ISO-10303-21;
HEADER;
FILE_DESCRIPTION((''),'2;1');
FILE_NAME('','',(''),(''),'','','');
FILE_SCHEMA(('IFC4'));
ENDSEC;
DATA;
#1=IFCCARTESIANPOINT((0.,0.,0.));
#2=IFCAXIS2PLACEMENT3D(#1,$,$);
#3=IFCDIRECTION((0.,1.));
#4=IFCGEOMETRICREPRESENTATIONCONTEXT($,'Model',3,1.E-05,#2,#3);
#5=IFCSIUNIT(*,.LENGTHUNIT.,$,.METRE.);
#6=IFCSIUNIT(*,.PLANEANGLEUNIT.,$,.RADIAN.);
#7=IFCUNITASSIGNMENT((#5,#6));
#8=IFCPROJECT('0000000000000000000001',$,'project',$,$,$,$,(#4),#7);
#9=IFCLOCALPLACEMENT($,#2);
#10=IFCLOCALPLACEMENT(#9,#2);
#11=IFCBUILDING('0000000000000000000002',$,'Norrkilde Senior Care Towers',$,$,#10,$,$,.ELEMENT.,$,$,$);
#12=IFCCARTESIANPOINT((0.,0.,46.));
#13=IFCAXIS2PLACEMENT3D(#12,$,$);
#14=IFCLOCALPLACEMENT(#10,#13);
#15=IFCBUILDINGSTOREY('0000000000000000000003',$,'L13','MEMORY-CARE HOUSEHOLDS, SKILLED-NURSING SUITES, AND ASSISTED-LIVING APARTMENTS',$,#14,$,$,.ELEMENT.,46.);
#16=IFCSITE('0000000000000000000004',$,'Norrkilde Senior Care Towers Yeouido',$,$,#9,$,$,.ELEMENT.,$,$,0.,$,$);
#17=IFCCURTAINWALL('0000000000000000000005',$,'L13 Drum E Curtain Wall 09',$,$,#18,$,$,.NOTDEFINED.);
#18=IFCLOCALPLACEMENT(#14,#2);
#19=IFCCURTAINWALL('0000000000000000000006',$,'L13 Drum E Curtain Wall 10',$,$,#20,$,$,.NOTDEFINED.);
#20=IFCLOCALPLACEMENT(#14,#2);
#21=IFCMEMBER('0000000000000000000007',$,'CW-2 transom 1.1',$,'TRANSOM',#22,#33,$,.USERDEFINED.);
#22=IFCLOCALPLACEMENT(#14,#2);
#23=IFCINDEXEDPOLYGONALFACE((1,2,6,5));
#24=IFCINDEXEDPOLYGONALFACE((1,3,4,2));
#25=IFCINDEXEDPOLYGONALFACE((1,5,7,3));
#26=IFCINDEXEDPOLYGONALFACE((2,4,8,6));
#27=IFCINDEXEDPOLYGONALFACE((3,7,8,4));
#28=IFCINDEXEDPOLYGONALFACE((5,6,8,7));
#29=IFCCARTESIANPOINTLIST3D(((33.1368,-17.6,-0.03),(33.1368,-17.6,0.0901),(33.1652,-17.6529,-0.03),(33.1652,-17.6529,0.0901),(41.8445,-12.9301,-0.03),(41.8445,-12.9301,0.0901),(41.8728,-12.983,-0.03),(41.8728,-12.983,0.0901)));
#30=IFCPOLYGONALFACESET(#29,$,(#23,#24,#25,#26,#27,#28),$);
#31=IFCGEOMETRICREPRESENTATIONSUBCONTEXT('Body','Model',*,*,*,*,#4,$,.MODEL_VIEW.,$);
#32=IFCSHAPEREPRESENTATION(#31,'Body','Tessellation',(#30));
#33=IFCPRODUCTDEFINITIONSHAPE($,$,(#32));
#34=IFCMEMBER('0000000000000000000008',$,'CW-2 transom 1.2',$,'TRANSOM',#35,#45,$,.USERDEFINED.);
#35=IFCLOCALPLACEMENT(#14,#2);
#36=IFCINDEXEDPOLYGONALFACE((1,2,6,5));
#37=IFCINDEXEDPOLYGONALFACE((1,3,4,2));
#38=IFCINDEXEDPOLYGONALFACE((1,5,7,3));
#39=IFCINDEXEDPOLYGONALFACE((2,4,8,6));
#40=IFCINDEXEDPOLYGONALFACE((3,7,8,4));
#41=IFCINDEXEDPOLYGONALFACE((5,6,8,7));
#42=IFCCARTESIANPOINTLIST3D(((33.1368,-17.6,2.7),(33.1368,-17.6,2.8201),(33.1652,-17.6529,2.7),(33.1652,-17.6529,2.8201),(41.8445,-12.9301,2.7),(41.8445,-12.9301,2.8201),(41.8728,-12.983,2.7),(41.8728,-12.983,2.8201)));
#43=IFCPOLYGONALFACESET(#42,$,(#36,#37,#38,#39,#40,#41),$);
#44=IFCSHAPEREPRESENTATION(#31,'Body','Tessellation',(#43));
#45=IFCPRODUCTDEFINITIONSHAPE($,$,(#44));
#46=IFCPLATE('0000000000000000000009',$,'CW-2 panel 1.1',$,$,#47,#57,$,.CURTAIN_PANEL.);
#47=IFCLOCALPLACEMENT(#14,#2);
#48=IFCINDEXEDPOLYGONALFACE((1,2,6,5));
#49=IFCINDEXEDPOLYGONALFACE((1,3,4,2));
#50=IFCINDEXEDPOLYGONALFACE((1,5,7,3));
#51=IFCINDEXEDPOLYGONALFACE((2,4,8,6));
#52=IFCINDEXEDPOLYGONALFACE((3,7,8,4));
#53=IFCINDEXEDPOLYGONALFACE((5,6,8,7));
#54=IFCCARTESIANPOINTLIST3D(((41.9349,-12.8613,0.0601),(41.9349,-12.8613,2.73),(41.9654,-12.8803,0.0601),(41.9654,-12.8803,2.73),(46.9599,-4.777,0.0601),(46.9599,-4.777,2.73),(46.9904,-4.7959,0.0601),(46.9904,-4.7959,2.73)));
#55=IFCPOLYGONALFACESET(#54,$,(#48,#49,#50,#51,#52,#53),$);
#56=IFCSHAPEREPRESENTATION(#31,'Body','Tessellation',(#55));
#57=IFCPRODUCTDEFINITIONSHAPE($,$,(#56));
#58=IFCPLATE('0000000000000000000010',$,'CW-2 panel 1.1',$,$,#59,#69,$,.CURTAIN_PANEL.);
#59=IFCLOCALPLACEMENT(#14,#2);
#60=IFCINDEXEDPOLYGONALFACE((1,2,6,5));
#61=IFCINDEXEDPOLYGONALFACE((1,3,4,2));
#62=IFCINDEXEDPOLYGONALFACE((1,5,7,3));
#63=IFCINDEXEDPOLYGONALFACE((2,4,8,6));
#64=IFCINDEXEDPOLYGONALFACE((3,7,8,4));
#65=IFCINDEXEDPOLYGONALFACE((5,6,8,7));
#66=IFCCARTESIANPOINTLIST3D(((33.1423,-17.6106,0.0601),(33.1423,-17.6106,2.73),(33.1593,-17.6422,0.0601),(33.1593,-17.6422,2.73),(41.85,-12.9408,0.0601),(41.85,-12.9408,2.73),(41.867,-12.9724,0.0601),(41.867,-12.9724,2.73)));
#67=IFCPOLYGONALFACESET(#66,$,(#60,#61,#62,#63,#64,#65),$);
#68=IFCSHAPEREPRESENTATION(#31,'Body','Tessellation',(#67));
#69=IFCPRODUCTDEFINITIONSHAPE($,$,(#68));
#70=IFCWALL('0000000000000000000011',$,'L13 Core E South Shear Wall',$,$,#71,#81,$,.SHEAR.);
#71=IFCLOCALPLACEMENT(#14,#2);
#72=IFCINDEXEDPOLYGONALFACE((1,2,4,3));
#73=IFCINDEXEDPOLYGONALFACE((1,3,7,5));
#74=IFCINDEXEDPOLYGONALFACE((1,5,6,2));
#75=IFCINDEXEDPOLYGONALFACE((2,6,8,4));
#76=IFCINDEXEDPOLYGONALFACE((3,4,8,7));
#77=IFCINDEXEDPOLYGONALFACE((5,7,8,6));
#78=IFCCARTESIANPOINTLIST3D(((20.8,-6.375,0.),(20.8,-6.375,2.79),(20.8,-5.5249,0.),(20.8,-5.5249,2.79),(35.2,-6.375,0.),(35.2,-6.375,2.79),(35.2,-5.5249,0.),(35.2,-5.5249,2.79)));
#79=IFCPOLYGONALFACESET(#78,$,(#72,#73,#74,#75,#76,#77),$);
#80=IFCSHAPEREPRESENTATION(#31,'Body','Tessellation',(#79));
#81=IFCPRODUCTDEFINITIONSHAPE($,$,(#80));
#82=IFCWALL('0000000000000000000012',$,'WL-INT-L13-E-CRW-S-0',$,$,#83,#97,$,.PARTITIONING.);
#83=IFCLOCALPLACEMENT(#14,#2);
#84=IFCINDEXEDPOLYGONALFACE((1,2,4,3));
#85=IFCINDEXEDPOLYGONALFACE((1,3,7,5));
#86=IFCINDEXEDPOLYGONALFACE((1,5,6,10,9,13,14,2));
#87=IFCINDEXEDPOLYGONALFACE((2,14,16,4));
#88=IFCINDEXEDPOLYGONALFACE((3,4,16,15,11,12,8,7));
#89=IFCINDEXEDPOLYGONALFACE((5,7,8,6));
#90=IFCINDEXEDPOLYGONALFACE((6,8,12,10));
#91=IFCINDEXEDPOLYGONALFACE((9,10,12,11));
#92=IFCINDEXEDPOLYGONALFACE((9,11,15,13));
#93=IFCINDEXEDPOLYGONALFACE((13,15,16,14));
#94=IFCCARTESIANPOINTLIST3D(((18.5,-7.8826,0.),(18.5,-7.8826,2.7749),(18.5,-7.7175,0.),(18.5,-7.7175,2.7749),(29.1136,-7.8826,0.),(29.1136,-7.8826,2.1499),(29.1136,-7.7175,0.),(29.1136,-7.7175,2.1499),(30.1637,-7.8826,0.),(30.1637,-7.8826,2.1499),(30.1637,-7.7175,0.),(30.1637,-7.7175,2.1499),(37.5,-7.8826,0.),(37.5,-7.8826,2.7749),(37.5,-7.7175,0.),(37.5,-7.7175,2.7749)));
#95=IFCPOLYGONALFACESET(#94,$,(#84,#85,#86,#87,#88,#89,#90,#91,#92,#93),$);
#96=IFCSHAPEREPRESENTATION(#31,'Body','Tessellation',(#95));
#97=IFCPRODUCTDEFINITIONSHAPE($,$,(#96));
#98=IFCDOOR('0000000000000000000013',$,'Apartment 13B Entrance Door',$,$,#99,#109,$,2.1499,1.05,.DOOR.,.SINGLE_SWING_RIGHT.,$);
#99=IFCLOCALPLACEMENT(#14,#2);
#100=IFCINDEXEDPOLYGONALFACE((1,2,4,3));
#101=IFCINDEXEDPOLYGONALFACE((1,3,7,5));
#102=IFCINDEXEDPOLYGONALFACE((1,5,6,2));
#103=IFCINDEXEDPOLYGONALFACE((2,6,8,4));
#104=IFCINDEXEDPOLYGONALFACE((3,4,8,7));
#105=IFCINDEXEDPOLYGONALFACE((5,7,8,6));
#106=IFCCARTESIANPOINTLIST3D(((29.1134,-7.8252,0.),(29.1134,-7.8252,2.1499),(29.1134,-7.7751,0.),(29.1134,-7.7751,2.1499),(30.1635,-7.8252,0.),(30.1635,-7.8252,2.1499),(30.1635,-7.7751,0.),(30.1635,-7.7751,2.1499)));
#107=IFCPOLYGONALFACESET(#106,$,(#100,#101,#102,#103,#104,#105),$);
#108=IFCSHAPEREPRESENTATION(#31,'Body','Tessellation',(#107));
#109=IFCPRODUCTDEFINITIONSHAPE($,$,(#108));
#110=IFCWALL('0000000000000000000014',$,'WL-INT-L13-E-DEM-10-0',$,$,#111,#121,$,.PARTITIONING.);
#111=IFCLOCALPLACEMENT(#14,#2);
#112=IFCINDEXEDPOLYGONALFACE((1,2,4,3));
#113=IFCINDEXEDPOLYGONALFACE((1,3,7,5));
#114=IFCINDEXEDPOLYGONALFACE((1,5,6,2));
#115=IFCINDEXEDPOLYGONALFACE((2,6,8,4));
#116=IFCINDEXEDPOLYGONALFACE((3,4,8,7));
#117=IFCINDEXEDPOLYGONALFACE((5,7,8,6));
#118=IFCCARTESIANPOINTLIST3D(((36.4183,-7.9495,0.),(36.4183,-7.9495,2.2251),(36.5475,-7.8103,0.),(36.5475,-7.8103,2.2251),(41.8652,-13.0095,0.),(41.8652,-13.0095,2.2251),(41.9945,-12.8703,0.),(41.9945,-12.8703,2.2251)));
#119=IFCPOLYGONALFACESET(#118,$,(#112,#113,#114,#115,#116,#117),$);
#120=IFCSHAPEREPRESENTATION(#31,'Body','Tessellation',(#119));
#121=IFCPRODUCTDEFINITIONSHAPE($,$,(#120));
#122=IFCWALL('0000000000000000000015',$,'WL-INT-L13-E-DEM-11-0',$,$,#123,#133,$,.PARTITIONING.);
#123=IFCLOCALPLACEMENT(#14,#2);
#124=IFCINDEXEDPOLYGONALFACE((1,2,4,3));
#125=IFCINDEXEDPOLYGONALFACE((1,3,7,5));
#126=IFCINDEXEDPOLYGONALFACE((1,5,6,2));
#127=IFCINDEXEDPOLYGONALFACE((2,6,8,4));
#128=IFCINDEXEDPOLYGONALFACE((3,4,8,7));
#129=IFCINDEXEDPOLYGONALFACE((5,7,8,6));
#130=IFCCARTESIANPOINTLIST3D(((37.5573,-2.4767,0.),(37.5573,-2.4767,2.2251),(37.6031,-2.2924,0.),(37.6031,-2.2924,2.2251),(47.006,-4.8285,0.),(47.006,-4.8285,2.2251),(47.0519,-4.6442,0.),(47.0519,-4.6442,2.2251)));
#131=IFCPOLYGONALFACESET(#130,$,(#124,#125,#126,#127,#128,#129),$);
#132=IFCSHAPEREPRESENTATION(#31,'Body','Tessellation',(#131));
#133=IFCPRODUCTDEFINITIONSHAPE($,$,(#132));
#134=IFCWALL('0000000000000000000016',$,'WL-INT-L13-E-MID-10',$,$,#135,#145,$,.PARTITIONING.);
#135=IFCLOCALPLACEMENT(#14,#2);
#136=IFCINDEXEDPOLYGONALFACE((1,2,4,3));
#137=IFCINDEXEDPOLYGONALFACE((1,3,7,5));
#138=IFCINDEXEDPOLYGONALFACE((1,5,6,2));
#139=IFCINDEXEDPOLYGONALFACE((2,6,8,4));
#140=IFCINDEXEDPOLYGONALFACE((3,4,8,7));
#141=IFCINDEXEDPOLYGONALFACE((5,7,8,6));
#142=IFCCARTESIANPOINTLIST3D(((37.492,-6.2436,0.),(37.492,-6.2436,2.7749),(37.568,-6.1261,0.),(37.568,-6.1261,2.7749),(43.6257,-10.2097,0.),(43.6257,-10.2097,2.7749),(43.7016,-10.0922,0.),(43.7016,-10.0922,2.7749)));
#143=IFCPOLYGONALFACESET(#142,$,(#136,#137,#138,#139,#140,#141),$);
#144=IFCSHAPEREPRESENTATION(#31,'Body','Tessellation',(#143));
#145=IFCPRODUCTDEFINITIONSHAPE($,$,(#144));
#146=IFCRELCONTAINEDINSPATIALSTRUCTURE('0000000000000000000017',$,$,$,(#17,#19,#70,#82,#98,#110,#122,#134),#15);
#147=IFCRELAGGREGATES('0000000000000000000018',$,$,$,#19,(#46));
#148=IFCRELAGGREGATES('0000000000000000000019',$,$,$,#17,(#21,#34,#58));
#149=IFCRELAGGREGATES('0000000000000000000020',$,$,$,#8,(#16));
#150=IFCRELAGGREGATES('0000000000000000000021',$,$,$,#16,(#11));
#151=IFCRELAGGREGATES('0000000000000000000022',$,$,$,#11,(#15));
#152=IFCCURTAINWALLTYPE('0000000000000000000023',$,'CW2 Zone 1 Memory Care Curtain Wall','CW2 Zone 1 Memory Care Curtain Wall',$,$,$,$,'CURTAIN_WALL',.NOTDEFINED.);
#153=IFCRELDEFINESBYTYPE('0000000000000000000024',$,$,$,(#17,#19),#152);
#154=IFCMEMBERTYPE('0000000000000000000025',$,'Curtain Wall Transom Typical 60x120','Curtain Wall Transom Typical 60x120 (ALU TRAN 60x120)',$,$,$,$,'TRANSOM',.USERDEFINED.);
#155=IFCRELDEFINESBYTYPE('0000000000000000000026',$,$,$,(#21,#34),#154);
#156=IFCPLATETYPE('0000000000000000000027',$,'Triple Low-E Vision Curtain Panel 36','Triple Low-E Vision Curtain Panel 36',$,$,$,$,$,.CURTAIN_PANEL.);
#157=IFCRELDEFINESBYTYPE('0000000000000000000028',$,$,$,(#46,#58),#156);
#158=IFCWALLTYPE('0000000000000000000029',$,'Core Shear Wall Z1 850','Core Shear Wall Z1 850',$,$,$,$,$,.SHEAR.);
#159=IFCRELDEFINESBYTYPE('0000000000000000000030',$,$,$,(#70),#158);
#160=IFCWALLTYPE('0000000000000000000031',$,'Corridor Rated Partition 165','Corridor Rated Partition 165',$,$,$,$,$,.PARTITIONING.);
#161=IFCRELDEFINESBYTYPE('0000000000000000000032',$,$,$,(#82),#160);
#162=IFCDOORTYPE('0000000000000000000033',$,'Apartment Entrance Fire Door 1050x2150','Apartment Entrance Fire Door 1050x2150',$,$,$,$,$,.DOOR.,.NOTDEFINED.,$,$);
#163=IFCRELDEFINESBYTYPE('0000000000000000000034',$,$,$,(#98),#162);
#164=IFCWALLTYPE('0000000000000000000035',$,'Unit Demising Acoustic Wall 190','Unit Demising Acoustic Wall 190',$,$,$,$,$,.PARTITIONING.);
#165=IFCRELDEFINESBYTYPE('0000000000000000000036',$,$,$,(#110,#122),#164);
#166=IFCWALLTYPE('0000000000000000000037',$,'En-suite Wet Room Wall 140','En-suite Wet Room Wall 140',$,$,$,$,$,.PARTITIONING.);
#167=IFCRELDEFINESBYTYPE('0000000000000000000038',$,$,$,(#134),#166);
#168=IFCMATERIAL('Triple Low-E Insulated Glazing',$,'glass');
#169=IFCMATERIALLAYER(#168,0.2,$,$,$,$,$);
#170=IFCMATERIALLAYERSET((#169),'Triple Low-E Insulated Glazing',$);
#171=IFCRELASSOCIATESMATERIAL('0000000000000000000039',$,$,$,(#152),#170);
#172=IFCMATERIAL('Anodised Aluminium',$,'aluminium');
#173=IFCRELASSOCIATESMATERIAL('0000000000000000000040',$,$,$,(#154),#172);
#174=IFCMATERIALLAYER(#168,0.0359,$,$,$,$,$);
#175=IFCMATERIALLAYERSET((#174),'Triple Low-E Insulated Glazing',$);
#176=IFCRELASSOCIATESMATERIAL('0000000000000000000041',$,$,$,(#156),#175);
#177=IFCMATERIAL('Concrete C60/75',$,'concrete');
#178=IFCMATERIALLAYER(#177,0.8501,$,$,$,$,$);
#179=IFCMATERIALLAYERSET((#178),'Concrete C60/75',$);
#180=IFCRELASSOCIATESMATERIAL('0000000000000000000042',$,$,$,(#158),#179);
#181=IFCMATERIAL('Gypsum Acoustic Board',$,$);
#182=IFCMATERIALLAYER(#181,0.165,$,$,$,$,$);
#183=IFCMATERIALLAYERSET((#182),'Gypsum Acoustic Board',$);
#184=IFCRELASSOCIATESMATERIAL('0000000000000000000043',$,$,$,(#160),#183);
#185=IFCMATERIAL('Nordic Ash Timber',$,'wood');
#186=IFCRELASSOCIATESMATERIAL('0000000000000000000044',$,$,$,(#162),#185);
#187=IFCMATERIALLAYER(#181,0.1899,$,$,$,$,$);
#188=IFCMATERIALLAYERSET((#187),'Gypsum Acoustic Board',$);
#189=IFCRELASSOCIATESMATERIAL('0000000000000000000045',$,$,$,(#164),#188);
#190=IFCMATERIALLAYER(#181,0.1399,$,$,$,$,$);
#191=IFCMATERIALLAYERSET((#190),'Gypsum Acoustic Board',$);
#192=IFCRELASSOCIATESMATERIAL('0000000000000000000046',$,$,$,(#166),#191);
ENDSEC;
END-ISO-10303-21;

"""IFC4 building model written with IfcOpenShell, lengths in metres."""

from ifc_helpers import new_model, si_unit, direction, frame, frame_2d, origin, origin_2d, place, context, subcontext, project, spatial, rectangle, extrude, source, transform, mapped, material, layer, layer_set, material_profile, profile_set, type_object, type_shapes, element, fill, aggregate, save


model = new_model("IFC4")

# Units and contexts
model_context = context("Model", 3, precision=1e-05, world=origin(), true_north=direction((0.0, 1.0)))
body_context = subcontext(model_context, "Body", "Model", "MODEL_VIEW")
ifc_project = project(units=[si_unit("LENGTHUNIT", "METRE"), si_unit("PLANEANGLEUNIT", "RADIAN")], contexts=[model_context])

# Site, building, storey
site_placement = place(None, origin())
site = spatial("IfcSite", under=ifc_project, at=site_placement, Name="Norrkilde Senior Care Towers Yeouido", CompositionType="ELEMENT", RefElevation=0.0)
building_placement = place(site_placement, origin())
building = spatial("IfcBuilding", under=site, at=building_placement, Name="Norrkilde Senior Care Towers", CompositionType="ELEMENT")
storey_placement = place(building_placement, frame((0.0, 0.0, 46.0)))
storey = spatial("IfcBuildingStorey", under=building, at=storey_placement, Name="L13", Description="MEMORY-CARE HOUSEHOLDS, SKILLED-NURSING SUITES, AND ASSISTED-LIVING APARTMENTS", CompositionType="ELEMENT", Elevation=46.0)

# Shared definitions
ifc_material_1 = material(Name="Concrete C60/75", Category="concrete")

# Curtain wall
ifc_material_2 = material(Name="Triple Low-E Insulated Glazing", Category="glass")
ifc_layer_1 = layer(ifc_material_2, 0.2)
ifc_layer_set_1 = layer_set([ifc_layer_1], Name="Triple Low-E Insulated Glazing")
curtain_wall_type = type_object("IfcCurtainWallType", Name="CW2 Zone 1 Memory Care Curtain Wall", Description="CW2 Zone 1 Memory Care Curtain Wall", ElementType="CURTAIN_WALL", PredefinedType="NOTDEFINED", material=ifc_layer_set_1)
curtain_wall_1_placement = place(storey_placement, origin())
curtain_wall_1 = element("IfcCurtainWall", 1, at=curtain_wall_1_placement, inside=storey, type_object=curtain_wall_type, Name="L13 Drum E Curtain Wall 09", PredefinedType="NOTDEFINED")
ifc_material_3 = material(Name="Anodised Aluminium", Category="aluminium")

# Curtain wall
curtain_wall_2_placement = place(storey_placement, origin())
curtain_wall_2 = element("IfcCurtainWall", 2, at=curtain_wall_2_placement, inside=storey, type_object=curtain_wall_type, Name="L13 Drum E Curtain Wall 10", PredefinedType="NOTDEFINED")

# Members
ifc_material_profile_1 = material_profile(ifc_material_3, rectangle(XDim=0.0601, YDim=0.1201, at=origin_2d()), Name="ALU TRAN 60x120")
ifc_profile_set_1 = profile_set([ifc_material_profile_1], Name="Anodised Aluminium")
member_type_1 = type_object("IfcMemberType", Name="Curtain Wall Transom Typical 60x120", Description="Curtain Wall Transom Typical 60x120 (ALU TRAN 60x120)", ElementType="TRANSOM", PredefinedType="USERDEFINED", material=ifc_profile_set_1)
shared_shape_1 = source(origin(), body_context, "Body", "SweptSolid", [
    extrude(rectangle(XDim=0.0601, YDim=0.1201, at=origin_2d()), origin(), (0.0, 0.0, 1.0), 9.8809),
])
member_1_placement = place(storey_placement, frame((41.8586, -12.9565, 0.03), z_axis=(-0.881267, -0.472618, 0.0), x_axis=(0.472618, -0.881267, 0.0)))
member_1 = element("IfcMember", 3, at=member_1_placement, type_object=member_type_1, Name="CW-2 transom 1.1", ObjectType="TRANSOM", PredefinedType="USERDEFINED", context=body_context, shape_type="MappedRepresentation", body=[
    mapped(shared_shape_1, transform((0.0, 0.0, 0.0), x_axis=(1.0, 0.0, 0.0), y_axis=(0.0, 1.0, 0.0), z_axis=(0.0, 0.0, 1.0), scale=1.0)),
])
member_2_placement = place(storey_placement, frame((41.8586, -12.9565, 2.76), z_axis=(-0.881267, -0.472618, 0.0), x_axis=(0.472618, -0.881267, 0.0)))
member_2 = element("IfcMember", 4, at=member_2_placement, type_object=member_type_1, Name="CW-2 transom 1.2", ObjectType="TRANSOM", PredefinedType="USERDEFINED", context=body_context, shape_type="MappedRepresentation", body=[
    mapped(shared_shape_1, transform((0.0, 0.0, 0.0), x_axis=(1.0, 0.0, 0.0), y_axis=(0.0, 1.0, 0.0), z_axis=(0.0, 0.0, 1.0), scale=1.0)),
])

# Plates
ifc_layer_2 = layer(ifc_material_2, 0.0359)
ifc_layer_set_2 = layer_set([ifc_layer_2], Name="Triple Low-E Insulated Glazing")
plate_type = type_object("IfcPlateType", Name="Triple Low-E Vision Curtain Panel 36", Description="Triple Low-E Vision Curtain Panel 36", PredefinedType="CURTAIN_PANEL", material=ifc_layer_set_2)
shared_shape_2 = source(origin(), body_context, "Body", "SweptSolid", [
    extrude(rectangle(XDim=9.5188, YDim=0.0359, at=origin_2d()), origin(), (0.0, 0.0, 1.0), 2.6699),
])
plate_1_placement = place(storey_placement, frame((44.4626, -8.8286, 0.0601), z_axis=(0.0, 0.0, 1.0), x_axis=(-0.527901, -0.849306, 0.0)))
plate_1 = element("IfcPlate", 5, at=plate_1_placement, type_object=plate_type, Name="CW-2 panel 1.1", PredefinedType="CURTAIN_PANEL", context=body_context, shape_type="MappedRepresentation", body=[
    mapped(shared_shape_2, transform((0.0, 0.0, 0.0), x_axis=(1.0, 0.0, 0.0), y_axis=(0.0, 1.0, 0.0), z_axis=(0.0, 0.0, 1.0), scale=1.0)),
])
aggregate(curtain_wall_2, [plate_1])
shared_shape_3 = source(origin(), body_context, "Body", "SweptSolid", [
    extrude(rectangle(XDim=9.8809, YDim=0.0359, at=origin_2d()), origin(), (0.0, 0.0, 1.0), 2.6699),
])
type_shapes(plate_type, [shared_shape_2, shared_shape_3])
plate_2_placement = place(storey_placement, frame((37.5046, -15.2915, 0.0601), z_axis=(0.0, 0.0, 1.0), x_axis=(-0.881273, -0.472608, 0.0)))
plate_2 = element("IfcPlate", 6, at=plate_2_placement, type_object=plate_type, Name="CW-2 panel 1.1", PredefinedType="CURTAIN_PANEL", context=body_context, shape_type="MappedRepresentation", body=[
    mapped(shared_shape_3, transform((0.0, 0.0, 0.0), x_axis=(1.0, 0.0, 0.0), y_axis=(0.0, 1.0, 0.0), z_axis=(0.0, 0.0, 1.0), scale=1.0)),
])
aggregate(curtain_wall_1, [member_1, member_2, plate_2])

# Wall
ifc_layer_3 = layer(ifc_material_1, 0.8501)
ifc_layer_set_3 = layer_set([ifc_layer_3], Name="Concrete C60/75")
wall_type_1 = type_object("IfcWallType", Name="Core Shear Wall Z1 850", Description="Core Shear Wall Z1 850", PredefinedType="SHEAR", material=ifc_layer_set_3)
shared_shape_4 = source(origin(), body_context, "Body", "SweptSolid", [
    extrude(rectangle(XDim=14.3999, YDim=0.8501, at=frame_2d((7.2, 0.0))), origin(), (0.0, 0.0, 1.0), 2.79),
])
type_shapes(wall_type_1, [shared_shape_4])
wall_1_placement = place(storey_placement, frame((35.2, -5.95, 0.0), z_axis=(0.0, 0.0, 1.0), x_axis=(-1.0, 0.0, 0.0)))
element("IfcWall", 7, at=wall_1_placement, inside=storey, type_object=wall_type_1, Name="L13 Core E South Shear Wall", PredefinedType="SHEAR", context=body_context, shape_type="MappedRepresentation", body=[
    mapped(shared_shape_4, transform((0.0, 0.0, 0.0), x_axis=(1.0, 0.0, 0.0), y_axis=(0.0, 1.0, 0.0), z_axis=(0.0, 0.0, 1.0), scale=1.0)),
])

# Wall, opening, door
ifc_material_4 = material(Name="Gypsum Acoustic Board")
ifc_layer_4 = layer(ifc_material_4, 0.165)
ifc_layer_set_4 = layer_set([ifc_layer_4], Name="Gypsum Acoustic Board")
wall_type_2 = type_object("IfcWallType", Name="Corridor Rated Partition 165", Description="Corridor Rated Partition 165", PredefinedType="PARTITIONING", material=ifc_layer_set_4)
shared_shape_5 = source(origin(), body_context, "Body", "SweptSolid", [
    extrude(rectangle(XDim=19.0, YDim=0.165, at=frame_2d((9.5, 0.0))), origin(), (0.0, 0.0, 1.0), 2.7749),
])
type_shapes(wall_type_2, [shared_shape_5])
wall_2_placement = place(storey_placement, frame((37.5, -7.8, 0.0), z_axis=(0.0, 0.0, 1.0), x_axis=(-1.0, 0.0, 0.0)))
wall_2 = element("IfcWall", 8, at=wall_2_placement, inside=storey, type_object=wall_type_2, Name="WL-INT-L13-E-CRW-S-0", PredefinedType="PARTITIONING", context=body_context, shape_type="MappedRepresentation", body=[
    mapped(shared_shape_5, transform((0.0, 0.0, 0.0), x_axis=(1.0, 0.0, 0.0), y_axis=(0.0, 1.0, 0.0), z_axis=(0.0, 0.0, 1.0), scale=1.0)),
])
opening_placement = place(wall_2_placement, frame((7.3364, 0.0, 0.0)))
opening = element("IfcOpeningElement", 9, at=opening_placement, cuts=wall_2, PredefinedType="OPENING", context=body_context, shape_type="SweptSolid", body=[
    extrude(rectangle(XDim=1.05, YDim=2.1499, at=frame_2d((0.5249, 1.075))), frame((0.0, 0.0925, 0.0), z_axis=(0.0, -1.0, 0.0), x_axis=(1.0, 0.0, 0.0)), (0.0, 0.0, 1.0), 0.1851),
])
ifc_material_5 = material(Name="Nordic Ash Timber", Category="wood")
door_type = type_object("IfcDoorType", Name="Apartment Entrance Fire Door 1050x2150", Description="Apartment Entrance Fire Door 1050x2150", OperationType="NOTDEFINED", PredefinedType="DOOR", material=ifc_material_5)
shared_shape_6 = source(origin(), body_context, "Body", "SweptSolid", [
    extrude(rectangle(XDim=1.05, YDim=2.1499, at=frame_2d((0.5249, 1.075))), frame((0.0, 0.0249, 0.0), z_axis=(0.0, -1.0, 0.0), x_axis=(1.0, 0.0, 0.0)), (0.0, 0.0, 1.0), 0.05),
])
type_shapes(door_type, [shared_shape_6])
door_placement = place(opening_placement, frame((1.05, 0.0, 0.0), z_axis=(0.0, 0.0, 1.0), x_axis=(-1.0, 0.0, 0.0)))
door = element("IfcDoor", 10, at=door_placement, inside=storey, type_object=door_type, Name="Apartment 13B Entrance Door", OperationType="SINGLE_SWING_RIGHT", OverallHeight=2.1499, OverallWidth=1.05, PredefinedType="DOOR", context=body_context, shape_type="MappedRepresentation", body=[
    mapped(shared_shape_6, transform((0.0, 0.0, 0.0), x_axis=(1.0, 0.0, 0.0), y_axis=(0.0, 1.0, 0.0), z_axis=(0.0, 0.0, 1.0), scale=1.0)),
])
fill(opening, door)

# Walls
ifc_layer_5 = layer(ifc_material_4, 0.1899)
ifc_layer_set_5 = layer_set([ifc_layer_5], Name="Gypsum Acoustic Board")
wall_type_3 = type_object("IfcWallType", Name="Unit Demising Acoustic Wall 190", Description="Unit Demising Acoustic Wall 190", PredefinedType="PARTITIONING", material=ifc_layer_set_5)
shared_shape_7 = source(origin(), body_context, "Body", "SweptSolid", [
    extrude(rectangle(XDim=7.4346, YDim=0.1899, at=frame_2d((3.7173, 0.0))), origin(), (0.0, 0.0, 1.0), 2.2251),
])
wall_3_placement = place(storey_placement, frame((36.4829, -7.8799, 0.0), z_axis=(0.0, 0.0, 1.0), x_axis=(0.732652, -0.680603, 0.0)))
element("IfcWall", 11, at=wall_3_placement, inside=storey, type_object=wall_type_3, Name="WL-INT-L13-E-DEM-10-0", PredefinedType="PARTITIONING", context=body_context, shape_type="MappedRepresentation", body=[
    mapped(shared_shape_7, transform((0.0, 0.0, 0.0), x_axis=(1.0, 0.0, 0.0), y_axis=(0.0, 1.0, 0.0), z_axis=(0.0, 0.0, 1.0), scale=1.0)),
])
shared_shape_8 = source(origin(), body_context, "Body", "SweptSolid", [
    extrude(rectangle(XDim=9.7371, YDim=0.1899, at=frame_2d((4.8687, 0.0))), origin(), (0.0, 0.0, 1.0), 2.2251),
])
type_shapes(wall_type_3, [shared_shape_7, shared_shape_8])
wall_4_placement = place(storey_placement, frame((37.5801, -2.3845, 0.0), z_axis=(0.0, 0.0, 1.0), x_axis=(0.970393, -0.241533, 0.0)))
element("IfcWall", 12, at=wall_4_placement, inside=storey, type_object=wall_type_3, Name="WL-INT-L13-E-DEM-11-0", PredefinedType="PARTITIONING", context=body_context, shape_type="MappedRepresentation", body=[
    mapped(shared_shape_8, transform((0.0, 0.0, 0.0), x_axis=(1.0, 0.0, 0.0), y_axis=(0.0, 1.0, 0.0), z_axis=(0.0, 0.0, 1.0), scale=1.0)),
])
ifc_layer_6 = layer(ifc_material_4, 0.1399)
ifc_layer_set_6 = layer_set([ifc_layer_6], Name="Gypsum Acoustic Board")
wall_type_4 = type_object("IfcWallType", Name="En-suite Wet Room Wall 140", Description="En-suite Wet Room Wall 140", PredefinedType="PARTITIONING", material=ifc_layer_set_6)
shared_shape_9 = source(origin(), body_context, "Body", "SweptSolid", [
    extrude(rectangle(XDim=7.3042, YDim=0.1399, at=frame_2d((3.6521, 0.0))), origin(), (0.0, 0.0, 1.0), 2.7749),
])
type_shapes(wall_type_4, [shared_shape_9])
wall_5_placement = place(storey_placement, frame((37.53, -6.1848, 0.0), z_axis=(0.0, 0.0, 1.0), x_axis=(0.839739, -0.542991, 0.0)))
element("IfcWall", 13, at=wall_5_placement, inside=storey, type_object=wall_type_4, Name="WL-INT-L13-E-MID-10", PredefinedType="PARTITIONING", context=body_context, shape_type="MappedRepresentation", body=[
    mapped(shared_shape_9, transform((0.0, 0.0, 0.0), x_axis=(1.0, 0.0, 0.0), y_axis=(0.0, 1.0, 0.0), z_axis=(0.0, 0.0, 1.0), scale=1.0)),
])

save(model, "model.ifc")
